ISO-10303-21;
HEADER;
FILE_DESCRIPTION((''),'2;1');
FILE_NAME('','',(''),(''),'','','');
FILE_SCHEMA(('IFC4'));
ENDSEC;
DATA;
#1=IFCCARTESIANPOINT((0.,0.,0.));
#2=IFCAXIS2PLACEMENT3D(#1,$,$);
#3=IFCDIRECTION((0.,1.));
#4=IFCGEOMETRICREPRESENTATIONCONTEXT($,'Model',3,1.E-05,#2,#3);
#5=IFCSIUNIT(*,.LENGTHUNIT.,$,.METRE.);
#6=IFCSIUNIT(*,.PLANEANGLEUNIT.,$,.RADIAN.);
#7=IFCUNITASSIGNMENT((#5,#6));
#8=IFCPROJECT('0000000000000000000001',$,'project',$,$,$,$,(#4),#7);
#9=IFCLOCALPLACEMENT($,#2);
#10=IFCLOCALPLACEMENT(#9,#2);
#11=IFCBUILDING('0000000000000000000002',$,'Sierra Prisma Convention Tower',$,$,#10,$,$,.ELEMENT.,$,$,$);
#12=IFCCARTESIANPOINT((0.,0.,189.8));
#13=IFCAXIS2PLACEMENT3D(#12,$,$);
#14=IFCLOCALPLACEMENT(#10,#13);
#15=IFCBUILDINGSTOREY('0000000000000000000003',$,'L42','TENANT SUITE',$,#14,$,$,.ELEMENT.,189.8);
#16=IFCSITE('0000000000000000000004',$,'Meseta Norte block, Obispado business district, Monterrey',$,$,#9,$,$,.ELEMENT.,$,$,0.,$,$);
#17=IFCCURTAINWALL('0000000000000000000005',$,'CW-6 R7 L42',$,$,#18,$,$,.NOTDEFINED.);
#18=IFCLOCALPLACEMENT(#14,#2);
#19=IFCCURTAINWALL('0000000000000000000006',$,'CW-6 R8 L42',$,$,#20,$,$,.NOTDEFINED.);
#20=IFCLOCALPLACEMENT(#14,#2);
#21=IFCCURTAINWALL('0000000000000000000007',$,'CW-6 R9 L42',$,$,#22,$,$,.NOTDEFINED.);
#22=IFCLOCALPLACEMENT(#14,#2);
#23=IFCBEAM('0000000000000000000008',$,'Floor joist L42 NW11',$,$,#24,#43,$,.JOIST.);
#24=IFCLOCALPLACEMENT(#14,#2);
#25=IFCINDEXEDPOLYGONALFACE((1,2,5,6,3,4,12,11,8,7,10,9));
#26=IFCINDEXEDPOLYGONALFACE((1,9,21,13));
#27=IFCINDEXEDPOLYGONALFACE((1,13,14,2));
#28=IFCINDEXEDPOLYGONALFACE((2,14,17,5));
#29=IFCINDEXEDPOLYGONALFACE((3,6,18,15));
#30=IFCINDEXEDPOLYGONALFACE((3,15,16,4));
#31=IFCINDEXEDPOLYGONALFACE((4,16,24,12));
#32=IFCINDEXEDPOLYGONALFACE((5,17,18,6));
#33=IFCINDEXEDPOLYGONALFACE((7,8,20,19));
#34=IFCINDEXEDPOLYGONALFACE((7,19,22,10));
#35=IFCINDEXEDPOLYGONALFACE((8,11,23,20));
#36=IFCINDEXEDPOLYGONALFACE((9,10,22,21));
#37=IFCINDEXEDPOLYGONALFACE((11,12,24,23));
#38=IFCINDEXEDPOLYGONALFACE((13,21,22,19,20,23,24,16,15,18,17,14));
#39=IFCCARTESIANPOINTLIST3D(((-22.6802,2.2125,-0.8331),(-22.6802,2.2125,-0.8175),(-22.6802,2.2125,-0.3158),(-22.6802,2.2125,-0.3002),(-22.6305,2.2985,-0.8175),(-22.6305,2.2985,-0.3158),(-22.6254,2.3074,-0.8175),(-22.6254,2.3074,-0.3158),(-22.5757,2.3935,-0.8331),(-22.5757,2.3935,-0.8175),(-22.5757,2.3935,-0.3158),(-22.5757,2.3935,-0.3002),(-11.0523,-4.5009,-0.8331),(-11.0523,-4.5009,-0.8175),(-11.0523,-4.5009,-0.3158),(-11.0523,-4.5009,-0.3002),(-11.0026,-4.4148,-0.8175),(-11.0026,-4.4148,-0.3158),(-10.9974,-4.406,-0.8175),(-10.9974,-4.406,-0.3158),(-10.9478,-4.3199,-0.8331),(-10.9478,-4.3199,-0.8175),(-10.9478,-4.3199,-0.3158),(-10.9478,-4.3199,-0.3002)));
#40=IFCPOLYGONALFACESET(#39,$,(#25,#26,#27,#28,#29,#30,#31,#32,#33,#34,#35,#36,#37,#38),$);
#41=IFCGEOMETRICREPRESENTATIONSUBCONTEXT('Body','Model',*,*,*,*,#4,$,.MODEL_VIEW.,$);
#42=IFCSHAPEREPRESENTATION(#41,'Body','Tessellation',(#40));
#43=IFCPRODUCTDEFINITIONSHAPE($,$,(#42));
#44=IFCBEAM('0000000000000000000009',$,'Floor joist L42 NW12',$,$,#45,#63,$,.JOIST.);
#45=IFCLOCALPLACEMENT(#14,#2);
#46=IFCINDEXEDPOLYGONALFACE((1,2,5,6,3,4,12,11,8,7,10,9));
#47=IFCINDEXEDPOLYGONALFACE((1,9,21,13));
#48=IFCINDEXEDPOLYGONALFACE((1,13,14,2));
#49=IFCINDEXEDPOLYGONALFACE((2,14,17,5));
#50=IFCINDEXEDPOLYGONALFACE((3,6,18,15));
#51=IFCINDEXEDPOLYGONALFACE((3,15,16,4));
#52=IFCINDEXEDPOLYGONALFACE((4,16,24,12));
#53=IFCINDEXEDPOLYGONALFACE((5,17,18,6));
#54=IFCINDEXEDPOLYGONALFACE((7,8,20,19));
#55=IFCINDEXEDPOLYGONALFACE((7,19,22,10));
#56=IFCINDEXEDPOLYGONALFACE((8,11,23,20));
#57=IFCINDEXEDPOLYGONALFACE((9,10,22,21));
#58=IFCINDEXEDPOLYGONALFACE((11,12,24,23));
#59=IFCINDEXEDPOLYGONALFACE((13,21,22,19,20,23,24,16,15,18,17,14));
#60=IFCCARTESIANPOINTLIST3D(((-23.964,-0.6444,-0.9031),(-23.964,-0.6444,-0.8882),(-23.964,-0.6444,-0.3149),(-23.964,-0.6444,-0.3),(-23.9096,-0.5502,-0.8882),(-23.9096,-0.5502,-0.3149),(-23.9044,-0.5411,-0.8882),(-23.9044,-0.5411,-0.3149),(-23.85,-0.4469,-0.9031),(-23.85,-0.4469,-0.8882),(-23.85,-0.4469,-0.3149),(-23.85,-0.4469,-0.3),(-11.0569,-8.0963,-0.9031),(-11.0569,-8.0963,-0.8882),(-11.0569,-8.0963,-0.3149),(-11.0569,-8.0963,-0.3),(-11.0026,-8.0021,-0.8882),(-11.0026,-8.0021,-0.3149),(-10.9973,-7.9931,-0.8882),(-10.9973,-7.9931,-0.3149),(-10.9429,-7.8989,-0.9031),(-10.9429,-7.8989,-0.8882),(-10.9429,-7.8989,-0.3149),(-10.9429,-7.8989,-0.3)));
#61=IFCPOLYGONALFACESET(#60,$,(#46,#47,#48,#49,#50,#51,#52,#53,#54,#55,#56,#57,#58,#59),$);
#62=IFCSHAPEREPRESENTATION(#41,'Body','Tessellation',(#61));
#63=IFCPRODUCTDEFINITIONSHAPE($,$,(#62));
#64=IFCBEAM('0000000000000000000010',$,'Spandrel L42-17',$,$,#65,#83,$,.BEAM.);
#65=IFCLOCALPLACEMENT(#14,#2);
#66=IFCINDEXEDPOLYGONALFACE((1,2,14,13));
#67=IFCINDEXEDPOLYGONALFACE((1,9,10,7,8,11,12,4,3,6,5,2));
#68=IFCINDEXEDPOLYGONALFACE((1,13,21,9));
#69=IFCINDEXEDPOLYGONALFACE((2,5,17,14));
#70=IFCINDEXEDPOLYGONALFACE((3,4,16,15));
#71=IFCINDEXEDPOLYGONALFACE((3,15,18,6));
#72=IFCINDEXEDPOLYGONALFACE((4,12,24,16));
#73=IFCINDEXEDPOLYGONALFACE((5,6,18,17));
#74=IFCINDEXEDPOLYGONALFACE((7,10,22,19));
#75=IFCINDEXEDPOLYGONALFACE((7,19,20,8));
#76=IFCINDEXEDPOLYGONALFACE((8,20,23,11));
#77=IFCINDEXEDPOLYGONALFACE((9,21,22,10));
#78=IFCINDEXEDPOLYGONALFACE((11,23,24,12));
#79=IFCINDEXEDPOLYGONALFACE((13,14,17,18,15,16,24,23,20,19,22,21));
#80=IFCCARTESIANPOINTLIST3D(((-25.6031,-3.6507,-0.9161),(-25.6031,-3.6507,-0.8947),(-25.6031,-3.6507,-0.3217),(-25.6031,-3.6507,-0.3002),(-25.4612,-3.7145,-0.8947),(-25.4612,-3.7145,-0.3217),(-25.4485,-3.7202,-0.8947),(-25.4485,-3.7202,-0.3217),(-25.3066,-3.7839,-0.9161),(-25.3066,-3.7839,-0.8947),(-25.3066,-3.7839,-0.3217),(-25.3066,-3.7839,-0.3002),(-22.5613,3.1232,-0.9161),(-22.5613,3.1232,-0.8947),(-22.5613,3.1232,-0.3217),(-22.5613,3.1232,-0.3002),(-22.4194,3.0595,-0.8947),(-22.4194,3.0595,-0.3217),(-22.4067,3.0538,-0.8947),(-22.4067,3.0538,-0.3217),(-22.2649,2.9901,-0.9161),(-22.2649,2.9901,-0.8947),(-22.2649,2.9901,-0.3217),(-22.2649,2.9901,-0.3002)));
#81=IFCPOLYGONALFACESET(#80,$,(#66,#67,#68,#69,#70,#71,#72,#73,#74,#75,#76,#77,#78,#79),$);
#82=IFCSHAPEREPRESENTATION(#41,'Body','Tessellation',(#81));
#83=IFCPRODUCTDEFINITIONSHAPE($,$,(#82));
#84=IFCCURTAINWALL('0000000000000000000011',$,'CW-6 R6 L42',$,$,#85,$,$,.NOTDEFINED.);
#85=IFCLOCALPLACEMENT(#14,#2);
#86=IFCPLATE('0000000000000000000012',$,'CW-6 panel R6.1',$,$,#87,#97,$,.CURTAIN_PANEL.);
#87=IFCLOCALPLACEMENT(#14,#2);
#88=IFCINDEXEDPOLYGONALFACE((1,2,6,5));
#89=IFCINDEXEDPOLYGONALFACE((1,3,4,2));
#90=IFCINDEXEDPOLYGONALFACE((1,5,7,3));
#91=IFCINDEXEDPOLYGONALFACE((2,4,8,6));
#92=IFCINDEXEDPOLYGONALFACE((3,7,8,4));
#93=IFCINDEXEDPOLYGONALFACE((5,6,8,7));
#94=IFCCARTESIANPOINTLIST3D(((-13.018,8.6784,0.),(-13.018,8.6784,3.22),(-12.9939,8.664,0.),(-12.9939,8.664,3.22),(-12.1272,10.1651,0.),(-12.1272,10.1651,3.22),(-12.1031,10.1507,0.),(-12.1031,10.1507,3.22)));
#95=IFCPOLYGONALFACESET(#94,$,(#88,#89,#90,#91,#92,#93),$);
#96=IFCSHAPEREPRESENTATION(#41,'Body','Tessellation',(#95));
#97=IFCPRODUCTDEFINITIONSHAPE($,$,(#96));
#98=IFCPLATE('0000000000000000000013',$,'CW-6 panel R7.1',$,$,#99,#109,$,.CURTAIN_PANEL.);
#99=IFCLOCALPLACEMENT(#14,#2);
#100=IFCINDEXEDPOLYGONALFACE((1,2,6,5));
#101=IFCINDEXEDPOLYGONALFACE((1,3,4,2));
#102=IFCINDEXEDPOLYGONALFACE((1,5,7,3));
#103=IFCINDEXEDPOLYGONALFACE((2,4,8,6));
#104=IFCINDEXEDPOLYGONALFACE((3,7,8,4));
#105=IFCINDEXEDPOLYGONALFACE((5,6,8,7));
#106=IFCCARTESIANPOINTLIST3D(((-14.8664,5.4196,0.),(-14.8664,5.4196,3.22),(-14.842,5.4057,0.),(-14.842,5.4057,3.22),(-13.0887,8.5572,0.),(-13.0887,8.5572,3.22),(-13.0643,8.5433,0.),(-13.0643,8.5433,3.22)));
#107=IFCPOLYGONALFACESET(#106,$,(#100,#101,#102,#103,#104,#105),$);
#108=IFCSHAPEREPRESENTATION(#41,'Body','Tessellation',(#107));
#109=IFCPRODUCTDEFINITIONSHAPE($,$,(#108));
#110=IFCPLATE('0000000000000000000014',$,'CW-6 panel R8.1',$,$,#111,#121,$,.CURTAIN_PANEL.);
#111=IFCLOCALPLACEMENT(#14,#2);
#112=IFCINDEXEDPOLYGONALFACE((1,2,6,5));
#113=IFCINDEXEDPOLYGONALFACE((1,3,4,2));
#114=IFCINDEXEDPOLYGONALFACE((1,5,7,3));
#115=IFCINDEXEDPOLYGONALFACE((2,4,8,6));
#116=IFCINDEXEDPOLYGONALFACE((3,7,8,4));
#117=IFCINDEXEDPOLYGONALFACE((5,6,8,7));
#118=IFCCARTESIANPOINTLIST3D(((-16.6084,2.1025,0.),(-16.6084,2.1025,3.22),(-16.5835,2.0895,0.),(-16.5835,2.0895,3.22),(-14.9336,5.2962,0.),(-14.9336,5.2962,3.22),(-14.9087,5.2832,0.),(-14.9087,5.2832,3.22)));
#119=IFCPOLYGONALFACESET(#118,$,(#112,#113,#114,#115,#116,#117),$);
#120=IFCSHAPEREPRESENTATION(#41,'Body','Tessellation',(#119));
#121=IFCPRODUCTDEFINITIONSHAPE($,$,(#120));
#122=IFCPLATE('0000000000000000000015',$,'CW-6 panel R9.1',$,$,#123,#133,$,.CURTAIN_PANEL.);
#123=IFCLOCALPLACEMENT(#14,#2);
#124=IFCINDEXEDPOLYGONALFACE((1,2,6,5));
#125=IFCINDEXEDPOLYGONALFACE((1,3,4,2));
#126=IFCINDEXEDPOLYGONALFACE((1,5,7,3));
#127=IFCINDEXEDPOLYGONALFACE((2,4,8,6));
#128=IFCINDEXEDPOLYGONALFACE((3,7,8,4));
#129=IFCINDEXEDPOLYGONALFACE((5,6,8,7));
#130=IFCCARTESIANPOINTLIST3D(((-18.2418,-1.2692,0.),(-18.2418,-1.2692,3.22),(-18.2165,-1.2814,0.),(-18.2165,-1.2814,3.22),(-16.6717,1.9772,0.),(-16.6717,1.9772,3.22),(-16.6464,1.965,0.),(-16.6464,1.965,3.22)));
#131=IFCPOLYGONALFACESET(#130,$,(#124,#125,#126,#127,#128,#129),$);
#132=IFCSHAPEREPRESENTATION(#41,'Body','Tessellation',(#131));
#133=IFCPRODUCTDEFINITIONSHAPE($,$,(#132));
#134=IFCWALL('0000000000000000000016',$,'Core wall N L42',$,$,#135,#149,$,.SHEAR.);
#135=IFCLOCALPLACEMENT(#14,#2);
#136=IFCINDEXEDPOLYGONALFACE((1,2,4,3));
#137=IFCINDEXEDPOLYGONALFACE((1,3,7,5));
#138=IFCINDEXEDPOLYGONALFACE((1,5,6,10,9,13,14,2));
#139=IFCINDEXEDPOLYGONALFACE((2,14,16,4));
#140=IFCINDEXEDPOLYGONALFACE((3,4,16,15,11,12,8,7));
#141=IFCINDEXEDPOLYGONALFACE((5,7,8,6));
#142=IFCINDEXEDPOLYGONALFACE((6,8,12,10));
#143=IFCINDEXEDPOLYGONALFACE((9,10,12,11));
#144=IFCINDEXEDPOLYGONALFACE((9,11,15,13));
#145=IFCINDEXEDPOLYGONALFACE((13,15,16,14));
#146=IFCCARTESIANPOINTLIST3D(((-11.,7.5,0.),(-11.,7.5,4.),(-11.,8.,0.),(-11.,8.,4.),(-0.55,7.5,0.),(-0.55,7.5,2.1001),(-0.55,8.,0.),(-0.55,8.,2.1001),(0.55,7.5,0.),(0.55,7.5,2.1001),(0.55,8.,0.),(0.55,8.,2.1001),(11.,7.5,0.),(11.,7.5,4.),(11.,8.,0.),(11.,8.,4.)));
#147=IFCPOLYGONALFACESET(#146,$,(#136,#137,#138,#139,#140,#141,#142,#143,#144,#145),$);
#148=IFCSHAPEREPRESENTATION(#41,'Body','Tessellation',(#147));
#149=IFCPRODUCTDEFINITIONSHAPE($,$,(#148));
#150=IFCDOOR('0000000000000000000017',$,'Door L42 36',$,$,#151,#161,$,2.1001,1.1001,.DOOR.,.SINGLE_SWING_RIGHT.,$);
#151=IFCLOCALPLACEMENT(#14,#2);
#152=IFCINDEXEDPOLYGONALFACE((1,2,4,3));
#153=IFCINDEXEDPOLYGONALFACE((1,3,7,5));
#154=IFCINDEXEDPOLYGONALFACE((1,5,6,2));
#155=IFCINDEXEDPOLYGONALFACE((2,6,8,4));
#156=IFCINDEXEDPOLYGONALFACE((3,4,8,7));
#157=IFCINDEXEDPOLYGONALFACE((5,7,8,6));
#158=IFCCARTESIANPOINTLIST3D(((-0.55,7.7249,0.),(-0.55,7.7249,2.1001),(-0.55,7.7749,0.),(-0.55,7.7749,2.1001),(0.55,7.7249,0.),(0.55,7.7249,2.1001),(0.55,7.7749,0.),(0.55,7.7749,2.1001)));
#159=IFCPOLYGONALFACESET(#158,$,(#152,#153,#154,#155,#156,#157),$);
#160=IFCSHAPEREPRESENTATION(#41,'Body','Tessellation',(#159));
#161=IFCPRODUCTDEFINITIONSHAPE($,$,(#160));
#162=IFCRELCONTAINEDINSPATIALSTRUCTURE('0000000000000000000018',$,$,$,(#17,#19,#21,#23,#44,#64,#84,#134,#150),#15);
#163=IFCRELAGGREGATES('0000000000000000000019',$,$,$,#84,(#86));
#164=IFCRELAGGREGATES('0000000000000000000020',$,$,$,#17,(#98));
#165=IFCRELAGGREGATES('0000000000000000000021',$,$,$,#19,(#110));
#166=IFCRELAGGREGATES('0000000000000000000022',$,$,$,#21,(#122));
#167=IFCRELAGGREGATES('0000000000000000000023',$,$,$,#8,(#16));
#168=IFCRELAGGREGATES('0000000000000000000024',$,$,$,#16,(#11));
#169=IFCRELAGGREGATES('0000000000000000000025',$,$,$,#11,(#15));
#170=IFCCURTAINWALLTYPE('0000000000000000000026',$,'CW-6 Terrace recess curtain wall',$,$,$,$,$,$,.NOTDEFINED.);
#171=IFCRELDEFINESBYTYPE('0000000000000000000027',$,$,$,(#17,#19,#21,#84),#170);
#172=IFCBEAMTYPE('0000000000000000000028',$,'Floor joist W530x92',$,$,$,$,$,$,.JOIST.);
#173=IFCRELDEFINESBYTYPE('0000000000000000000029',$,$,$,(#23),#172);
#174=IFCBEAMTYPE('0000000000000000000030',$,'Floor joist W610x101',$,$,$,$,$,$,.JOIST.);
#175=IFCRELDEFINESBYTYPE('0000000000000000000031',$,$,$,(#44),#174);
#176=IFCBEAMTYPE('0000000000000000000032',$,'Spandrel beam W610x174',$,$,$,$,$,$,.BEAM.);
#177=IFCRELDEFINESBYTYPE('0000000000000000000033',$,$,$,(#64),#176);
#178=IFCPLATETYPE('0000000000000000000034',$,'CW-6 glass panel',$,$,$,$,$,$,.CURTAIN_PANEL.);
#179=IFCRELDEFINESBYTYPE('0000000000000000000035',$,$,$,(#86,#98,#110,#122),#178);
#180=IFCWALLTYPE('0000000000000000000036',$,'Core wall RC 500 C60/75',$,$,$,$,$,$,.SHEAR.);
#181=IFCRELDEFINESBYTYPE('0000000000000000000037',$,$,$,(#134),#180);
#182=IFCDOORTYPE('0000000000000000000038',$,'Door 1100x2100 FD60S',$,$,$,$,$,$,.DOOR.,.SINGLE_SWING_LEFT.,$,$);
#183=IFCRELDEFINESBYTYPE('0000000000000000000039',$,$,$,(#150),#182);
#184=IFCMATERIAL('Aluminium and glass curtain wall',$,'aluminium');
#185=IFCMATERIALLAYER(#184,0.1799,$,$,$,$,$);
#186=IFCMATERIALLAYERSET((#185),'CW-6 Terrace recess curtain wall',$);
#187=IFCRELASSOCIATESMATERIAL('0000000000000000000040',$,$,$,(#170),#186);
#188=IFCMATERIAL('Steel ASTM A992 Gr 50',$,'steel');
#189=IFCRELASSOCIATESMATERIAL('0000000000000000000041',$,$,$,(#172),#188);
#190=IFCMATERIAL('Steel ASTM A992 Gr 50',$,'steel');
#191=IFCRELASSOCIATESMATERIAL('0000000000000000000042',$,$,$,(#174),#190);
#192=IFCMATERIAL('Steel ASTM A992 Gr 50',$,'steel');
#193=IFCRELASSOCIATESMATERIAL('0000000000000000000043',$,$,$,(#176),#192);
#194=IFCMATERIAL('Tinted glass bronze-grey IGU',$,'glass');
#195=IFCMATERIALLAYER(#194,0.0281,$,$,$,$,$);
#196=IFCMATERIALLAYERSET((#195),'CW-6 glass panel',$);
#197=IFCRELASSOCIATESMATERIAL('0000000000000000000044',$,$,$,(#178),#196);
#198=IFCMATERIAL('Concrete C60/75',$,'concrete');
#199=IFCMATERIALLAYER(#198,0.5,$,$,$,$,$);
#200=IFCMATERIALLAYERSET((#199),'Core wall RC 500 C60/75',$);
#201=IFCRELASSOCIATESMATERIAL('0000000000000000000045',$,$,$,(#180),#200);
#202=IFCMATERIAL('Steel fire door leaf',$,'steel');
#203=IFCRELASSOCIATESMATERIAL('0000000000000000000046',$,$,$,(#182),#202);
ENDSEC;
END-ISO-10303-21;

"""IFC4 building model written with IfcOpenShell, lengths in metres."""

from ifc_helpers import new_model, si_unit, direction, frame, frame_2d, origin, origin_2d, place, context, subcontext, project, spatial, rectangle, i_section, extrude, material, layer, layer_set, material_profile, profile_set, type_object, element, fill, aggregate, save


model = new_model("IFC4")

# Units and contexts
model_context = context("Model", 3, precision=1e-05, world=origin(), true_north=direction((0.0, 1.0)))
body_context = subcontext(model_context, "Body", "Model", "MODEL_VIEW")
ifc_project = project(units=[si_unit("LENGTHUNIT", "METRE"), si_unit("PLANEANGLEUNIT", "RADIAN")], contexts=[model_context])

# Site, building, storey
site_placement = place(None, origin())
site = spatial("IfcSite", under=ifc_project, at=site_placement, Name="Meseta Norte block, Obispado business district, Monterrey", CompositionType="ELEMENT", RefElevation=0.0)
building_placement = place(site_placement, origin())
building = spatial("IfcBuilding", under=site, at=building_placement, Name="Sierra Prisma Convention Tower", CompositionType="ELEMENT")
storey_placement = place(building_placement, frame((0.0, 0.0, 189.8)))
storey = spatial("IfcBuildingStorey", under=building, at=storey_placement, Name="L42", Description="TENANT SUITE", CompositionType="ELEMENT", Elevation=189.8)

# Curtain walls
ifc_material_1 = material(Name="Aluminium and glass curtain wall", Category="aluminium")
ifc_layer_1 = layer(ifc_material_1, 0.1799)
ifc_layer_set_1 = layer_set([ifc_layer_1], Name="CW-6 Terrace recess curtain wall")
curtain_wall_type = type_object("IfcCurtainWallType", Name="CW-6 Terrace recess curtain wall", PredefinedType="NOTDEFINED", material=ifc_layer_set_1)
curtain_wall_1_placement = place(storey_placement, origin())
curtain_wall_1 = element("IfcCurtainWall", 1, at=curtain_wall_1_placement, inside=storey, type_object=curtain_wall_type, Name="CW-6 R7 L42", PredefinedType="NOTDEFINED")
curtain_wall_2_placement = place(storey_placement, origin())
curtain_wall_2 = element("IfcCurtainWall", 2, at=curtain_wall_2_placement, inside=storey, type_object=curtain_wall_type, Name="CW-6 R8 L42", PredefinedType="NOTDEFINED")
curtain_wall_3_placement = place(storey_placement, origin())
curtain_wall_3 = element("IfcCurtainWall", 3, at=curtain_wall_3_placement, inside=storey, type_object=curtain_wall_type, Name="CW-6 R9 L42", PredefinedType="NOTDEFINED")

# Beams
ifc_material_2 = material(Name="Steel ASTM A992 Gr 50", Category="steel")
ifc_material_profile_1 = material_profile(ifc_material_2, i_section(OverallWidth=0.209, OverallDepth=0.533, WebThickness=0.0103, FlangeThickness=0.0156, at=origin_2d()), Name="W530x92")
ifc_profile_set_1 = profile_set([ifc_material_profile_1], Name="Steel ASTM A992 Gr 50")
beam_type_1 = type_object("IfcBeamType", Name="Floor joist W530x92", PredefinedType="JOIST", material=ifc_profile_set_1)
beam_1_placement = place(storey_placement, frame((-22.6279, 2.303, -0.5667), z_axis=(0.866026, -0.499999, 0.0), x_axis=(0.499999, 0.866026, 0.0)))
element("IfcBeam", 4, at=beam_1_placement, inside=storey, type_object=beam_type_1, Name="Floor joist L42 NW11", PredefinedType="JOIST", context=body_context, shape_type="SweptSolid", body=[
    extrude(i_section(OverallWidth=0.209, OverallDepth=0.533, WebThickness=0.0103, FlangeThickness=0.0156, at=origin_2d()), origin(), (0.0, 0.0, 1.0), 13.4268),
])
ifc_material_3 = material(Name="Steel ASTM A992 Gr 50", Category="steel")
ifc_material_profile_2 = material_profile(ifc_material_3, i_section(OverallWidth=0.228, OverallDepth=0.603, WebThickness=0.0105, FlangeThickness=0.0149, at=origin_2d()), Name="W610x101")
ifc_profile_set_2 = profile_set([ifc_material_profile_2], Name="Steel ASTM A992 Gr 50")
beam_type_2 = type_object("IfcBeamType", Name="Floor joist W610x101", PredefinedType="JOIST", material=ifc_profile_set_2)
beam_2_placement = place(storey_placement, frame((-23.907, -0.5457, -0.6016), z_axis=(0.866024, -0.500003, 0.0), x_axis=(0.500003, 0.866024, 0.0)))
element("IfcBeam", 5, at=beam_2_placement, inside=storey, type_object=beam_type_2, Name="Floor joist L42 NW12", PredefinedType="JOIST", context=body_context, shape_type="SweptSolid", body=[
    extrude(i_section(OverallWidth=0.228, OverallDepth=0.603, WebThickness=0.0105, FlangeThickness=0.0149, at=origin_2d()), origin(), (0.0, 0.0, 1.0), 14.9038),
])
ifc_material_4 = material(Name="Steel ASTM A992 Gr 50", Category="steel")
ifc_material_profile_3 = material_profile(ifc_material_4, i_section(OverallWidth=0.325, OverallDepth=0.616, WebThickness=0.0139, FlangeThickness=0.0215, at=origin_2d()), Name="W610x174")
ifc_profile_set_3 = profile_set([ifc_material_profile_3], Name="Steel ASTM A992 Gr 50")
beam_type_3 = type_object("IfcBeamType", Name="Spandrel beam W610x174", PredefinedType="BEAM", material=ifc_profile_set_3)
beam_3_placement = place(storey_placement, frame((-22.4131, 3.0566, -0.6082), z_axis=(-0.409635, -0.91225, 0.0), x_axis=(0.91225, -0.409635, 0.0)))
element("IfcBeam", 6, at=beam_3_placement, inside=storey, type_object=beam_type_3, Name="Spandrel L42-17", PredefinedType="BEAM", context=body_context, shape_type="SweptSolid", body=[
    extrude(i_section(OverallWidth=0.325, OverallDepth=0.616, WebThickness=0.0139, FlangeThickness=0.0215, at=origin_2d()), origin(), (0.0, 0.0, 1.0), 7.4255),
])

# Curtain wall, plate
curtain_wall_4_placement = place(storey_placement, origin())
curtain_wall_4 = element("IfcCurtainWall", 7, at=curtain_wall_4_placement, inside=storey, type_object=curtain_wall_type, Name="CW-6 R6 L42", PredefinedType="NOTDEFINED")
ifc_material_5 = material(Name="Tinted glass bronze-grey IGU", Category="glass")
ifc_layer_2 = layer(ifc_material_5, 0.0281)
ifc_layer_set_2 = layer_set([ifc_layer_2], Name="CW-6 glass panel")
plate_type = type_object("IfcPlateType", Name="CW-6 glass panel", PredefinedType="CURTAIN_PANEL", material=ifc_layer_set_2)
plate_1_placement = place(storey_placement, frame((-12.5605, 9.4146, 0.0), z_axis=(0.0, 0.0, 1.0), x_axis=(-0.514004, -0.857788, 0.0)))
plate_1 = element("IfcPlate", 8, at=plate_1_placement, type_object=plate_type, Name="CW-6 panel R6.1", PredefinedType="CURTAIN_PANEL", context=body_context, shape_type="SweptSolid", body=[
    extrude(rectangle(XDim=1.7332, YDim=0.0281, at=origin_2d()), origin(), (0.0, 0.0, 1.0), 3.22),
])
aggregate(curtain_wall_4, [plate_1])

# Plates
plate_2_placement = place(storey_placement, frame((-13.9653, 6.9814, 0.0), z_axis=(0.0, 0.0, 1.0), x_axis=(-0.492948, -0.870059, 0.0)))
plate_2 = element("IfcPlate", 9, at=plate_2_placement, type_object=plate_type, Name="CW-6 panel R7.1", PredefinedType="CURTAIN_PANEL", context=body_context, shape_type="SweptSolid", body=[
    extrude(rectangle(XDim=3.6062, YDim=0.0281, at=origin_2d()), origin(), (0.0, 0.0, 1.0), 3.22),
])
aggregate(curtain_wall_1, [plate_2])
plate_3_placement = place(storey_placement, frame((-15.7585, 3.6929, 0.0), z_axis=(0.0, 0.0, 1.0), x_axis=(-0.46442, -0.885615, 0.0)))
plate_3 = element("IfcPlate", 10, at=plate_3_placement, type_object=plate_type, Name="CW-6 panel R8.1", PredefinedType="CURTAIN_PANEL", context=body_context, shape_type="SweptSolid", body=[
    extrude(rectangle(XDim=3.6062, YDim=0.0281, at=origin_2d()), origin(), (0.0, 0.0, 1.0), 3.22),
])
aggregate(curtain_wall_2, [plate_3])
plate_4_placement = place(storey_placement, frame((-17.4441, 0.3479, 0.0), z_axis=(0.0, 0.0, 1.0), x_axis=(-0.435402, -0.900236, 0.0)))
plate_4 = element("IfcPlate", 11, at=plate_4_placement, type_object=plate_type, Name="CW-6 panel R9.1", PredefinedType="CURTAIN_PANEL", context=body_context, shape_type="SweptSolid", body=[
    extrude(rectangle(XDim=3.6062, YDim=0.0281, at=origin_2d()), origin(), (0.0, 0.0, 1.0), 3.22),
])
aggregate(curtain_wall_3, [plate_4])

# Wall, opening, door
ifc_material_6 = material(Name="Concrete C60/75", Category="concrete")
ifc_layer_3 = layer(ifc_material_6, 0.5)
ifc_layer_set_3 = layer_set([ifc_layer_3], Name="Core wall RC 500 C60/75")
wall_type_1 = type_object("IfcWallType", Name="Core wall RC 500 C60/75", PredefinedType="SHEAR", material=ifc_layer_set_3)
wall_1_placement = place(storey_placement, frame((-11.0, 7.75, 0.0), z_axis=(0.0, 0.0, 1.0), x_axis=(1.0, 0.0, 0.0)))
wall_1 = element("IfcWall", 12, at=wall_1_placement, inside=storey, type_object=wall_type_1, Name="Core wall N L42", PredefinedType="SHEAR", context=body_context, shape_type="SweptSolid", body=[
    extrude(rectangle(XDim=22.0, YDim=0.5, at=frame_2d((11.0, 0.0))), origin(), (0.0, 0.0, 1.0), 4.0),
])
opening_1_placement = place(wall_1_placement, frame((10.45, 0.0, 0.0)))
opening_1 = element("IfcOpeningElement", 13, at=opening_1_placement, cuts=wall_1, PredefinedType="OPENING", context=body_context, shape_type="SweptSolid", body=[
    extrude(rectangle(XDim=1.1001, YDim=2.1001, at=frame_2d((0.55, 1.05))), frame((0.0, 0.25, 0.0), z_axis=(0.0, -1.0, 0.0), x_axis=(1.0, 0.0, 0.0)), (0.0, 0.0, 1.0), 0.5),
])
ifc_material_7 = material(Name="Steel fire door leaf", Category="steel")
door_type_1 = type_object("IfcDoorType", Name="Door 1100x2100 FD60S", OperationType="SINGLE_SWING_LEFT", PredefinedType="DOOR", material=ifc_material_7)
door_1_placement = place(opening_1_placement, origin())
door_1 = element("IfcDoor", 14, at=door_1_placement, inside=storey, type_object=door_type_1, Name="Door L42 36", OperationType="SINGLE_SWING_RIGHT", OverallHeight=2.1001, OverallWidth=1.1001, PredefinedType="DOOR", context=body_context, shape_type="SweptSolid", body=[
    extrude(rectangle(XDim=1.1001, YDim=2.1001, at=frame_2d((0.55, 1.05))), frame((0.0, 0.0249, 0.0), z_axis=(0.0, -1.0, 0.0), x_axis=(1.0, 0.0, 0.0)), (0.0, 0.0, 1.0), 0.05),
])
fill(opening_1, door_1)

save(model, "model.ifc")
